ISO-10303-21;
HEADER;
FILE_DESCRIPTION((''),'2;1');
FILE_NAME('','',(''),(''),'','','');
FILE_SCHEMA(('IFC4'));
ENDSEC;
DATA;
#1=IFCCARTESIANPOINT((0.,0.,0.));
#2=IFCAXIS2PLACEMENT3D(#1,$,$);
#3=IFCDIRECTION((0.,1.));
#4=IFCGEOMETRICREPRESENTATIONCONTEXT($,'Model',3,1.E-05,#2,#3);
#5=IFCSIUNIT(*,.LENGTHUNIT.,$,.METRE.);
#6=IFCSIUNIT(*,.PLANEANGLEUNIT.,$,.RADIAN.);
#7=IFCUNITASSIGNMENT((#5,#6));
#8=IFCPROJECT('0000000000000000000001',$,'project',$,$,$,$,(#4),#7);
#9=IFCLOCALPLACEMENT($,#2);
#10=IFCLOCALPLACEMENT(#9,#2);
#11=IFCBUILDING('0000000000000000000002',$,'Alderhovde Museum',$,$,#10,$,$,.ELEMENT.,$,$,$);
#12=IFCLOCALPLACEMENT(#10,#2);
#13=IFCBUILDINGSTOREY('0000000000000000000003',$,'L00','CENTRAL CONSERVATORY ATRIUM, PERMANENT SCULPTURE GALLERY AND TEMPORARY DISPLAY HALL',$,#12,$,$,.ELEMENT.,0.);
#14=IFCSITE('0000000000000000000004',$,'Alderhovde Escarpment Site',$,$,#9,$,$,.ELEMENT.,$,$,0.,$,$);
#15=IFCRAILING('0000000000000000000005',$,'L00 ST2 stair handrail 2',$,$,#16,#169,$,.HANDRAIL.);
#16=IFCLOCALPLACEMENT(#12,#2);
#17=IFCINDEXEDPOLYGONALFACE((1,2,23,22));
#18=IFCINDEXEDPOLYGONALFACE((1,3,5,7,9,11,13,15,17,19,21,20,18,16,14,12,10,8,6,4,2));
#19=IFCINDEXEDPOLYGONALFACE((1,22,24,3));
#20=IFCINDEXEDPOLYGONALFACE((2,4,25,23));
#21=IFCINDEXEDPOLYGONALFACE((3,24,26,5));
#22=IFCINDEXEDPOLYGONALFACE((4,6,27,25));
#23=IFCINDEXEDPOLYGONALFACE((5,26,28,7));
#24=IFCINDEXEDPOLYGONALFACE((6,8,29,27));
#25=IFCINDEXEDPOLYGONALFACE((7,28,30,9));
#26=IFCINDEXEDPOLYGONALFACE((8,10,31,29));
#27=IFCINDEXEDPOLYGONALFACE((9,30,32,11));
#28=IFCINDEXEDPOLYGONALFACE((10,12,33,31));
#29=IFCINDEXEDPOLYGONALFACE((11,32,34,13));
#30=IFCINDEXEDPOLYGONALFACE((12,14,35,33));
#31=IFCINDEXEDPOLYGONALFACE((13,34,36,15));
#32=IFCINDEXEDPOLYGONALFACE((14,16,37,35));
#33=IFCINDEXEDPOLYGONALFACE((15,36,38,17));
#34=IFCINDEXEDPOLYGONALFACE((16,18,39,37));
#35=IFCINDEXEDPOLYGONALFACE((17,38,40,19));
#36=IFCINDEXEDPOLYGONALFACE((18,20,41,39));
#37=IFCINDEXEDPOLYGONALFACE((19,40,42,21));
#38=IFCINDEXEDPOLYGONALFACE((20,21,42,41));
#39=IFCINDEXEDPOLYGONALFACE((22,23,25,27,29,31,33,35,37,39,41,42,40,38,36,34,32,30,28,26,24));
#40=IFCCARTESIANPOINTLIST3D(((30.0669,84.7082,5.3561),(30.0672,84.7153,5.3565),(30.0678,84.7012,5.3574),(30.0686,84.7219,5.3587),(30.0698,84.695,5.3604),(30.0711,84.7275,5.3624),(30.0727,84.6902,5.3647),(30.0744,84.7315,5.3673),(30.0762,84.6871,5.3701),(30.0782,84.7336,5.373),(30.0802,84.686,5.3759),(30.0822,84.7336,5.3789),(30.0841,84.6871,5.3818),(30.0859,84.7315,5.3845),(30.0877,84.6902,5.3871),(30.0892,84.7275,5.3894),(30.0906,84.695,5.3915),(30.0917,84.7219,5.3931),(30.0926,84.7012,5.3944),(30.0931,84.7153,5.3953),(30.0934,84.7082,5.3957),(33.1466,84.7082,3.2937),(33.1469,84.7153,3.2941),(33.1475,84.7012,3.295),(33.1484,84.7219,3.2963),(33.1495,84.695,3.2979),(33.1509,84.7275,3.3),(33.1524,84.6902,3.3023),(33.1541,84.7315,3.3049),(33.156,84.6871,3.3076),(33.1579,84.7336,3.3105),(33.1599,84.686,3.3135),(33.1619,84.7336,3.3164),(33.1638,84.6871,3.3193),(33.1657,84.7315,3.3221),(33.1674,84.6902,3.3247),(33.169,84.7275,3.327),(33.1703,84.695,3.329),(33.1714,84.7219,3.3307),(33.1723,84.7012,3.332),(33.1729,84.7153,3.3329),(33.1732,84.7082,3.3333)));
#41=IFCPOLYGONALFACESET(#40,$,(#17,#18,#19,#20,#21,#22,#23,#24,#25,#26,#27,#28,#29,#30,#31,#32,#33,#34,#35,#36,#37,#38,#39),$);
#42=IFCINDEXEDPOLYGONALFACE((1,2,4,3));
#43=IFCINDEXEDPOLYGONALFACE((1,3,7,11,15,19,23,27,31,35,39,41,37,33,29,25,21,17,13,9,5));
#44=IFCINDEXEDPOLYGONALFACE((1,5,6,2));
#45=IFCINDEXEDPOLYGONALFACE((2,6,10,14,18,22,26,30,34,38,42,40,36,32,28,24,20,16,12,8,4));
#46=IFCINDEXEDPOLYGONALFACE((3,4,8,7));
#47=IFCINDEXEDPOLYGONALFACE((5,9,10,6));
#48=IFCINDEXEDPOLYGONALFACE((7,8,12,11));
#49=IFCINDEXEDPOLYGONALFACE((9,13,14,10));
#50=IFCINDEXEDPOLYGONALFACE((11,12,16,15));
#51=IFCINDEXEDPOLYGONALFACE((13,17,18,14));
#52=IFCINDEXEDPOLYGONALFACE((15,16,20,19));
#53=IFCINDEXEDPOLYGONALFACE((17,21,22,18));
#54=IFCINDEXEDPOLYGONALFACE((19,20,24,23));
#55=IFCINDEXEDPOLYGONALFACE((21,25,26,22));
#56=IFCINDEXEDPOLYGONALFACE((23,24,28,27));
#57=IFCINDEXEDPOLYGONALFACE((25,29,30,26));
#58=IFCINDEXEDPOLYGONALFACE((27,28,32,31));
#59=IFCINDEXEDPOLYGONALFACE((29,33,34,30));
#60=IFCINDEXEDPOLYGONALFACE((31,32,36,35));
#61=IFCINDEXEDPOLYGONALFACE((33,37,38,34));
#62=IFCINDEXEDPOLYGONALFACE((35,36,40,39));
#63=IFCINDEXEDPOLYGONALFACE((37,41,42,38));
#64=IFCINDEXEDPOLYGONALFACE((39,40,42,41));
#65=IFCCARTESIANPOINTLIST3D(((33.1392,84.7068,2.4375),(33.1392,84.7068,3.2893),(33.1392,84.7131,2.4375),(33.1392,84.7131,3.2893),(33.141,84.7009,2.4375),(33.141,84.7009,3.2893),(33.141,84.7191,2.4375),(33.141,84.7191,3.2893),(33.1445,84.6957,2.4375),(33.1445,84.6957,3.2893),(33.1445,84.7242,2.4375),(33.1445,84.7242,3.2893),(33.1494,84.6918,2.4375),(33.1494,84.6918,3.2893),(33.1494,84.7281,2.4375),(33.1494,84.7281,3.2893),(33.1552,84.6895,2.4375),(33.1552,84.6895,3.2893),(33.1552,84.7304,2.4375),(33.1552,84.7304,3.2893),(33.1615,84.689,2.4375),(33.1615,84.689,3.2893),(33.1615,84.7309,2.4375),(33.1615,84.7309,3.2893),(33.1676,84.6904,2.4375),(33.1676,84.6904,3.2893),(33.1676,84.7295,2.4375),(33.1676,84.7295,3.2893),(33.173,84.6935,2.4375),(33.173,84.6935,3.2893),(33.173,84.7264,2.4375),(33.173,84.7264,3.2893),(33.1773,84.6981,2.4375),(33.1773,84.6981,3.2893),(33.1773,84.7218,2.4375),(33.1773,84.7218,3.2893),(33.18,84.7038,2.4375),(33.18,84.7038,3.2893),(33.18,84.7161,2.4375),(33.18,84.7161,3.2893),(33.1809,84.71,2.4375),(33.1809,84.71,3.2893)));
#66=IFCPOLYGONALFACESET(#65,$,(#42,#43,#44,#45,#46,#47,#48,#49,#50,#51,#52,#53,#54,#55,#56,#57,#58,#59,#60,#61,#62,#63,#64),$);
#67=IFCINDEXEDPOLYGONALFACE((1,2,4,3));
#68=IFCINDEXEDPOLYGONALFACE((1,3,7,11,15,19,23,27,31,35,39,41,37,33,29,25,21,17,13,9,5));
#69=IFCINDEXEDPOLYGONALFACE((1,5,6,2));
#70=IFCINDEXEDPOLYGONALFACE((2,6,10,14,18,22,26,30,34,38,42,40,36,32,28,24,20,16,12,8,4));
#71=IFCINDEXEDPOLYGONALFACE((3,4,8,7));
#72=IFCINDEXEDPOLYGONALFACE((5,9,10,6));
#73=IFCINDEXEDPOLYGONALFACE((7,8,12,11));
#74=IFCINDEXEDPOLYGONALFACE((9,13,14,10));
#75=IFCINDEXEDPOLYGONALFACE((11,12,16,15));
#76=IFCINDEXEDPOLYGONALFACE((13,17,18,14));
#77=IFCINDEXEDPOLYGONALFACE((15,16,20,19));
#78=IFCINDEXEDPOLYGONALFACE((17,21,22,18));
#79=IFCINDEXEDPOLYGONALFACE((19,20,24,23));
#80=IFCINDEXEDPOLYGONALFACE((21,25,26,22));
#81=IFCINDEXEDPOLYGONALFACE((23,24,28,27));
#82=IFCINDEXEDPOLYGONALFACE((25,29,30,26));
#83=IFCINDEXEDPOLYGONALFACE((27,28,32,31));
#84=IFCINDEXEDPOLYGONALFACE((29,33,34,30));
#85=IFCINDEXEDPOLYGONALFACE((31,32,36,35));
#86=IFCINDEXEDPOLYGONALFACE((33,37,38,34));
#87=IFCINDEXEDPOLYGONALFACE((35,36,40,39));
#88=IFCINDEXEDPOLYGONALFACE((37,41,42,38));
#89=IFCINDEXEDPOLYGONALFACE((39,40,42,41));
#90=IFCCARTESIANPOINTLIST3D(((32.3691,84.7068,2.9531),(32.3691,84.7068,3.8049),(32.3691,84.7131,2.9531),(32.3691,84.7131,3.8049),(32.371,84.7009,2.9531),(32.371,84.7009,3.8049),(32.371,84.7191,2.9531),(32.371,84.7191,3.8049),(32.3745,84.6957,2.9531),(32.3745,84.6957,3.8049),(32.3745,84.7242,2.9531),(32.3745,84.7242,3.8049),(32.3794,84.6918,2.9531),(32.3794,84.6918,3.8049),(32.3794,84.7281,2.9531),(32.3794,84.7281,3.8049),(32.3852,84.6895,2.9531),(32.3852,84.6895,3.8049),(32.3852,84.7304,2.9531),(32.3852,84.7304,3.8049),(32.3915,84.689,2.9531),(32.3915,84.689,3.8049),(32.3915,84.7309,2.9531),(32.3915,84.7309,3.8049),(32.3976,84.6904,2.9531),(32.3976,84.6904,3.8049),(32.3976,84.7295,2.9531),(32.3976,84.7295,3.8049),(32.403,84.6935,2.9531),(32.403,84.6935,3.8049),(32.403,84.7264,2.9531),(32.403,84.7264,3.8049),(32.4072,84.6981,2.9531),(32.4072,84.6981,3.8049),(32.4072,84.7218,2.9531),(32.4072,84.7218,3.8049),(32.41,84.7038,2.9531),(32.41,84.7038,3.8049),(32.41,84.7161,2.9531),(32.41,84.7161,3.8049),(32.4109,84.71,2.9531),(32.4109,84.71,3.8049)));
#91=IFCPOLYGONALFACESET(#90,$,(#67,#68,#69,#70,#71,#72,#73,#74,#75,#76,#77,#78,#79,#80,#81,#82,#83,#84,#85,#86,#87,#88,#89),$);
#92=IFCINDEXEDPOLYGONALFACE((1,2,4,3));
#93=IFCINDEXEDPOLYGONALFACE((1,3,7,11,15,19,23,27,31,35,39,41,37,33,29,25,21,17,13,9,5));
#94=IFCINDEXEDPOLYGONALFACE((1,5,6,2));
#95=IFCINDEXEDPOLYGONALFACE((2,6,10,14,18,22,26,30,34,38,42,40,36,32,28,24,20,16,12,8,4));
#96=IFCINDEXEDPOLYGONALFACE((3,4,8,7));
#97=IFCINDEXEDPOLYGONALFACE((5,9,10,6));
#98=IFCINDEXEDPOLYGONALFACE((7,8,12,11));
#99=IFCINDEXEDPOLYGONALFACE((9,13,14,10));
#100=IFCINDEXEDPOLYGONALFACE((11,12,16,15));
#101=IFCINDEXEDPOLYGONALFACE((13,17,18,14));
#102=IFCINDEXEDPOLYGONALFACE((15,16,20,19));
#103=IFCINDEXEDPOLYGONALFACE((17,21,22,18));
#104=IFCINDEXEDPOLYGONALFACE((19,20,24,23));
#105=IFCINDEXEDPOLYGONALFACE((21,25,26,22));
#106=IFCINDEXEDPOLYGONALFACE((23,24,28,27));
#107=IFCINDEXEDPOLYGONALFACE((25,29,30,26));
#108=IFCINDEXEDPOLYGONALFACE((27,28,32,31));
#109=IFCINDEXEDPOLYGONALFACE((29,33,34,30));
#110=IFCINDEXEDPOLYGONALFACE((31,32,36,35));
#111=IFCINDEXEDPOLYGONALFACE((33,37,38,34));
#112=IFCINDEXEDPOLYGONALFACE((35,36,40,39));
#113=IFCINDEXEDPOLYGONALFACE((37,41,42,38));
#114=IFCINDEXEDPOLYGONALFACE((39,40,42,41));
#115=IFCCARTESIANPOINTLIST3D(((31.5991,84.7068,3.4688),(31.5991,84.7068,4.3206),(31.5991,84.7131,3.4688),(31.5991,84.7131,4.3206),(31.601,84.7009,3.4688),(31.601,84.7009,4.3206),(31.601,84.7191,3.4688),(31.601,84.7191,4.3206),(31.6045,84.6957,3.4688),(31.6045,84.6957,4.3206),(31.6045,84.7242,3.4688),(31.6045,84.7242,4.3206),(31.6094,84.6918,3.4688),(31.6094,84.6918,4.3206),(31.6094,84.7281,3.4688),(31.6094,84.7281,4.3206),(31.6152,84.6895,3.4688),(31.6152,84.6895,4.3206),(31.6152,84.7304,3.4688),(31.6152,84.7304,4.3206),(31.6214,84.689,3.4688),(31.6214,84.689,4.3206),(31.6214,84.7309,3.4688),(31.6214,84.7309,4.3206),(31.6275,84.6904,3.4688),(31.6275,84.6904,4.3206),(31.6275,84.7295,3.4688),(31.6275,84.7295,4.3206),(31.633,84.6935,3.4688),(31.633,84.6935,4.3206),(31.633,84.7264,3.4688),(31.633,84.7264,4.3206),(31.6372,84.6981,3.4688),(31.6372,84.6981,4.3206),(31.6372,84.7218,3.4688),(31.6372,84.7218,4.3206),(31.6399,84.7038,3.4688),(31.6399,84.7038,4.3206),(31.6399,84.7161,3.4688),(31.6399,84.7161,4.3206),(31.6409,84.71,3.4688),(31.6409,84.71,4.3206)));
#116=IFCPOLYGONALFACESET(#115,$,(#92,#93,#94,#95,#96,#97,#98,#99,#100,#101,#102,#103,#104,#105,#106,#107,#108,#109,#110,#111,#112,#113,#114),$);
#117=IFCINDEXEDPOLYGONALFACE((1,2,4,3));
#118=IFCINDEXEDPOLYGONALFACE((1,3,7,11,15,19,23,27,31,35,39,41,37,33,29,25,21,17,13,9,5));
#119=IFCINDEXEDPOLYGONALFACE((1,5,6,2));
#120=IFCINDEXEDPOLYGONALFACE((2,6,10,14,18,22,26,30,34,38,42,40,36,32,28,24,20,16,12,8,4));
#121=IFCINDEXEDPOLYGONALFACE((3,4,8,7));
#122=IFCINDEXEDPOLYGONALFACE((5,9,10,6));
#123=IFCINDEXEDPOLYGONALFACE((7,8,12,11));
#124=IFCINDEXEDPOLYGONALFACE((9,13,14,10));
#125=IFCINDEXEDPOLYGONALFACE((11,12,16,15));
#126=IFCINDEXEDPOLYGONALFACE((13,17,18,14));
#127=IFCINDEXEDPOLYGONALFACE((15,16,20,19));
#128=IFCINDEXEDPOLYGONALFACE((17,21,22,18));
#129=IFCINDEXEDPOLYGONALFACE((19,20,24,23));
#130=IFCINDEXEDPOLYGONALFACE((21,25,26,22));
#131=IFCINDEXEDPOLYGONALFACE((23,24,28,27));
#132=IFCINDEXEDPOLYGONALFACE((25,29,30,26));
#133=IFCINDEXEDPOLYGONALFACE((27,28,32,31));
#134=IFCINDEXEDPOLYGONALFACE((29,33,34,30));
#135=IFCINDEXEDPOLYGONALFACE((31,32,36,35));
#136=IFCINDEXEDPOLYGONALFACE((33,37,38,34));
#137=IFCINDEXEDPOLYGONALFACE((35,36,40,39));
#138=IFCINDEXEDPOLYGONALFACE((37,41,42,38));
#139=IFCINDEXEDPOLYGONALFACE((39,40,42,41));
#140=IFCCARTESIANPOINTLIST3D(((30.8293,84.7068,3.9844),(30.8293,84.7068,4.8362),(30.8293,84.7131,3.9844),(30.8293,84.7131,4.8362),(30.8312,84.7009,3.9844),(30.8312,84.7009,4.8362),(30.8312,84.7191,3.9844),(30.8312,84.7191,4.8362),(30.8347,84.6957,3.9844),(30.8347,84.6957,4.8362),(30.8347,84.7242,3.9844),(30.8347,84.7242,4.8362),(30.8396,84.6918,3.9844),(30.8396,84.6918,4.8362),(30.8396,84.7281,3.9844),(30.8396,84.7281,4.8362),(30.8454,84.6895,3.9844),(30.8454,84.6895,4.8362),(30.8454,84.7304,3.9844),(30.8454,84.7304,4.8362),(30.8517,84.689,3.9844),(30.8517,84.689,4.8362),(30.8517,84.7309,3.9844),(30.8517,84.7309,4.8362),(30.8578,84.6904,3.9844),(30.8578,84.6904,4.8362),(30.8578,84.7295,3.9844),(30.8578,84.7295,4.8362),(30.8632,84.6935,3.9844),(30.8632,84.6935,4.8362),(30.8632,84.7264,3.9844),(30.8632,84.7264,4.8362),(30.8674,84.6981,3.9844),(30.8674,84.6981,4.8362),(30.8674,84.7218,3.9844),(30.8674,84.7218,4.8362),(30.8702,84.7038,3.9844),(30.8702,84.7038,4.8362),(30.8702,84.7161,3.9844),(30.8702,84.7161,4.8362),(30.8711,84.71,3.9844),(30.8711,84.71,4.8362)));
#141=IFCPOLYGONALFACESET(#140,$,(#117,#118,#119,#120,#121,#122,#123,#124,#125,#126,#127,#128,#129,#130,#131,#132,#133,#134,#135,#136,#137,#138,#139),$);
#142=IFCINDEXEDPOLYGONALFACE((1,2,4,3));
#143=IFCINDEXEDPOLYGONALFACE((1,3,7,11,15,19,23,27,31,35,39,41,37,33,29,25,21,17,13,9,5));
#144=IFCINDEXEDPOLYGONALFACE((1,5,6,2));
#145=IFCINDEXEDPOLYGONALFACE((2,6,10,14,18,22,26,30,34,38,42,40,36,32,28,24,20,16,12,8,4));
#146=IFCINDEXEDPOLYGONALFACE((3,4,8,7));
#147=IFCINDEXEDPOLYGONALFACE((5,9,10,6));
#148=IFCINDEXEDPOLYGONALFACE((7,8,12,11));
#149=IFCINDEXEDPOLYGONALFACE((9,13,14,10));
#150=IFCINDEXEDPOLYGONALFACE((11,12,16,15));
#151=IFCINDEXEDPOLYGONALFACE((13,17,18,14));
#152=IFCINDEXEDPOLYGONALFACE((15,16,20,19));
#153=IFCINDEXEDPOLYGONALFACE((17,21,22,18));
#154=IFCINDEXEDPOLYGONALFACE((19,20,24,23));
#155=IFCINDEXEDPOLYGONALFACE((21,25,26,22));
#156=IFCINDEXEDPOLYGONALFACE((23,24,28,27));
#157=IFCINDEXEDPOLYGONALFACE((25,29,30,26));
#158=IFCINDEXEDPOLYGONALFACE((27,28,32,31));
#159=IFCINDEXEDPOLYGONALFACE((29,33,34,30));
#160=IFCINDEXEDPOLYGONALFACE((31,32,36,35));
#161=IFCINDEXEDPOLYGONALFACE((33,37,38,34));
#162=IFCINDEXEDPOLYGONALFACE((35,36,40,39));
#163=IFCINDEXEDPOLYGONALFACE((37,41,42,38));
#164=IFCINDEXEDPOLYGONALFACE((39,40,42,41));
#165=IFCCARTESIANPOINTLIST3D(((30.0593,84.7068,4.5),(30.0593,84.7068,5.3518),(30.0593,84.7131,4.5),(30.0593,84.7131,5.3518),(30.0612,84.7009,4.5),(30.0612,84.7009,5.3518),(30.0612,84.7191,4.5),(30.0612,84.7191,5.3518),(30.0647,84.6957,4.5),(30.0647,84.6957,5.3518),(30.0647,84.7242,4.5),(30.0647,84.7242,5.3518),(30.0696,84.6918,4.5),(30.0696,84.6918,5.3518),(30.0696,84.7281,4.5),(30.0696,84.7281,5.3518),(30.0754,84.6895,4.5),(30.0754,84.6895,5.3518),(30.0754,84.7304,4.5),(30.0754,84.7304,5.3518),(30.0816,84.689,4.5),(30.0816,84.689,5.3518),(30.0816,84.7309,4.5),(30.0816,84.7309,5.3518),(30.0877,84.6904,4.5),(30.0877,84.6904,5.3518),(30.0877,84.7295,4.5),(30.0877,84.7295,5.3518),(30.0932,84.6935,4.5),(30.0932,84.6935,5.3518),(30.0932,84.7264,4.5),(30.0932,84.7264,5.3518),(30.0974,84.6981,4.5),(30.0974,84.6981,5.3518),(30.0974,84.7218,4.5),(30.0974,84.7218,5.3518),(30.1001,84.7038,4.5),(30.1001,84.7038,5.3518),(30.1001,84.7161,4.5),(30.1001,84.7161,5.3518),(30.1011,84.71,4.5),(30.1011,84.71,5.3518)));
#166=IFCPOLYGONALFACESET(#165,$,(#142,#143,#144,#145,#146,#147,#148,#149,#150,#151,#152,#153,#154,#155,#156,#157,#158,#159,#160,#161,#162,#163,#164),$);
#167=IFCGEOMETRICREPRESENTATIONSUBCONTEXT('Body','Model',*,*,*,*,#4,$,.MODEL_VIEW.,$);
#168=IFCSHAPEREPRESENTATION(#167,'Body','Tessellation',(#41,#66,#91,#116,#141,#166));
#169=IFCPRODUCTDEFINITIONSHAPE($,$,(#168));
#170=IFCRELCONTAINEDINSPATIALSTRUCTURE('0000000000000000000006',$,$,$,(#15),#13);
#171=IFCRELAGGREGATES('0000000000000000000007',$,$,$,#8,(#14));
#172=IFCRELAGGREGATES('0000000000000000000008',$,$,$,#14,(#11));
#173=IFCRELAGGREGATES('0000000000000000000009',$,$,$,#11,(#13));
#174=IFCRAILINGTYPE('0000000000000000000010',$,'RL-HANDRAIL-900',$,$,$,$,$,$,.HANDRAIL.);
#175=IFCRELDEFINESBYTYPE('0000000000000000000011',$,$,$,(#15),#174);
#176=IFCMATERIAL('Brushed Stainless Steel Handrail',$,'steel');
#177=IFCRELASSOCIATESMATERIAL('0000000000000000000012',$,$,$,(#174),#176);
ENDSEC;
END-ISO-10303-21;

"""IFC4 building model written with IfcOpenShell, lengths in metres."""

from ifc_helpers import new_model, si_unit, direction, frame, origin, origin_2d, place, context, subcontext, project, spatial, circle, extrude, material, type_object, element, save


model = new_model("IFC4")

# Units and contexts
model_context = context("Model", 3, precision=1e-05, world=origin(), true_north=direction((0.0, 1.0)))
body_context = subcontext(model_context, "Body", "Model", "MODEL_VIEW")
ifc_project = project(units=[si_unit("LENGTHUNIT", "METRE"), si_unit("PLANEANGLEUNIT", "RADIAN")], contexts=[model_context])

# Site, building, storey
site_placement = place(None, origin())
site = spatial("IfcSite", under=ifc_project, at=site_placement, Name="Alderhovde Escarpment Site", CompositionType="ELEMENT", RefElevation=0.0)
building_placement = place(site_placement, origin())
building = spatial("IfcBuilding", under=site, at=building_placement, Name="Alderhovde Museum", CompositionType="ELEMENT")
storey_placement = place(building_placement, origin())
storey = spatial("IfcBuildingStorey", under=building, at=storey_placement, Name="L00", Description="CENTRAL CONSERVATORY ATRIUM, PERMANENT SCULPTURE GALLERY AND TEMPORARY DISPLAY HALL", CompositionType="ELEMENT", Elevation=0.0)

# Railing
ifc_material_1 = material(Name="Brushed Stainless Steel Handrail", Category="steel")
railing_type_1 = type_object("IfcRailingType", Name="RL-HANDRAIL-900", PredefinedType="HANDRAIL", material=ifc_material_1)
railing_1_placement = place(storey_placement, frame((33.1599, 84.71, 2.4375)))
element("IfcRailing", 1, at=railing_1_placement, inside=storey, type_object=railing_type_1, Name="L00 ST2 stair handrail 2", PredefinedType="HANDRAIL", context=body_context, shape_type="SweptSolid", body=[
    extrude(circle(Radius=0.0239, at=origin_2d()), frame((0.0, 0.0, 0.876), z_axis=(-0.830893, 0.0, 0.556432), x_axis=(0.0, -1.0, 0.0)), (0.0, 0.0, 1.0), 3.7065),
    extrude(circle(Radius=0.021, at=origin_2d()), origin(), (0.0, 0.0, 1.0), 0.8518),
    extrude(circle(Radius=0.021, at=origin_2d()), frame((-0.77, 0.0, 0.5156)), (0.0, 0.0, 1.0), 0.8518),
    extrude(circle(Radius=0.021, at=origin_2d()), frame((-1.54, 0.0, 1.0312)), (0.0, 0.0, 1.0), 0.8518),
    extrude(circle(Radius=0.021, at=origin_2d()), frame((-2.3098, 0.0, 1.5469)), (0.0, 0.0, 1.0), 0.8518),
    extrude(circle(Radius=0.021, at=origin_2d()), frame((-3.0798, 0.0, 2.0625)), (0.0, 0.0, 1.0), 0.8518),
])

save(model, "model.ifc")
